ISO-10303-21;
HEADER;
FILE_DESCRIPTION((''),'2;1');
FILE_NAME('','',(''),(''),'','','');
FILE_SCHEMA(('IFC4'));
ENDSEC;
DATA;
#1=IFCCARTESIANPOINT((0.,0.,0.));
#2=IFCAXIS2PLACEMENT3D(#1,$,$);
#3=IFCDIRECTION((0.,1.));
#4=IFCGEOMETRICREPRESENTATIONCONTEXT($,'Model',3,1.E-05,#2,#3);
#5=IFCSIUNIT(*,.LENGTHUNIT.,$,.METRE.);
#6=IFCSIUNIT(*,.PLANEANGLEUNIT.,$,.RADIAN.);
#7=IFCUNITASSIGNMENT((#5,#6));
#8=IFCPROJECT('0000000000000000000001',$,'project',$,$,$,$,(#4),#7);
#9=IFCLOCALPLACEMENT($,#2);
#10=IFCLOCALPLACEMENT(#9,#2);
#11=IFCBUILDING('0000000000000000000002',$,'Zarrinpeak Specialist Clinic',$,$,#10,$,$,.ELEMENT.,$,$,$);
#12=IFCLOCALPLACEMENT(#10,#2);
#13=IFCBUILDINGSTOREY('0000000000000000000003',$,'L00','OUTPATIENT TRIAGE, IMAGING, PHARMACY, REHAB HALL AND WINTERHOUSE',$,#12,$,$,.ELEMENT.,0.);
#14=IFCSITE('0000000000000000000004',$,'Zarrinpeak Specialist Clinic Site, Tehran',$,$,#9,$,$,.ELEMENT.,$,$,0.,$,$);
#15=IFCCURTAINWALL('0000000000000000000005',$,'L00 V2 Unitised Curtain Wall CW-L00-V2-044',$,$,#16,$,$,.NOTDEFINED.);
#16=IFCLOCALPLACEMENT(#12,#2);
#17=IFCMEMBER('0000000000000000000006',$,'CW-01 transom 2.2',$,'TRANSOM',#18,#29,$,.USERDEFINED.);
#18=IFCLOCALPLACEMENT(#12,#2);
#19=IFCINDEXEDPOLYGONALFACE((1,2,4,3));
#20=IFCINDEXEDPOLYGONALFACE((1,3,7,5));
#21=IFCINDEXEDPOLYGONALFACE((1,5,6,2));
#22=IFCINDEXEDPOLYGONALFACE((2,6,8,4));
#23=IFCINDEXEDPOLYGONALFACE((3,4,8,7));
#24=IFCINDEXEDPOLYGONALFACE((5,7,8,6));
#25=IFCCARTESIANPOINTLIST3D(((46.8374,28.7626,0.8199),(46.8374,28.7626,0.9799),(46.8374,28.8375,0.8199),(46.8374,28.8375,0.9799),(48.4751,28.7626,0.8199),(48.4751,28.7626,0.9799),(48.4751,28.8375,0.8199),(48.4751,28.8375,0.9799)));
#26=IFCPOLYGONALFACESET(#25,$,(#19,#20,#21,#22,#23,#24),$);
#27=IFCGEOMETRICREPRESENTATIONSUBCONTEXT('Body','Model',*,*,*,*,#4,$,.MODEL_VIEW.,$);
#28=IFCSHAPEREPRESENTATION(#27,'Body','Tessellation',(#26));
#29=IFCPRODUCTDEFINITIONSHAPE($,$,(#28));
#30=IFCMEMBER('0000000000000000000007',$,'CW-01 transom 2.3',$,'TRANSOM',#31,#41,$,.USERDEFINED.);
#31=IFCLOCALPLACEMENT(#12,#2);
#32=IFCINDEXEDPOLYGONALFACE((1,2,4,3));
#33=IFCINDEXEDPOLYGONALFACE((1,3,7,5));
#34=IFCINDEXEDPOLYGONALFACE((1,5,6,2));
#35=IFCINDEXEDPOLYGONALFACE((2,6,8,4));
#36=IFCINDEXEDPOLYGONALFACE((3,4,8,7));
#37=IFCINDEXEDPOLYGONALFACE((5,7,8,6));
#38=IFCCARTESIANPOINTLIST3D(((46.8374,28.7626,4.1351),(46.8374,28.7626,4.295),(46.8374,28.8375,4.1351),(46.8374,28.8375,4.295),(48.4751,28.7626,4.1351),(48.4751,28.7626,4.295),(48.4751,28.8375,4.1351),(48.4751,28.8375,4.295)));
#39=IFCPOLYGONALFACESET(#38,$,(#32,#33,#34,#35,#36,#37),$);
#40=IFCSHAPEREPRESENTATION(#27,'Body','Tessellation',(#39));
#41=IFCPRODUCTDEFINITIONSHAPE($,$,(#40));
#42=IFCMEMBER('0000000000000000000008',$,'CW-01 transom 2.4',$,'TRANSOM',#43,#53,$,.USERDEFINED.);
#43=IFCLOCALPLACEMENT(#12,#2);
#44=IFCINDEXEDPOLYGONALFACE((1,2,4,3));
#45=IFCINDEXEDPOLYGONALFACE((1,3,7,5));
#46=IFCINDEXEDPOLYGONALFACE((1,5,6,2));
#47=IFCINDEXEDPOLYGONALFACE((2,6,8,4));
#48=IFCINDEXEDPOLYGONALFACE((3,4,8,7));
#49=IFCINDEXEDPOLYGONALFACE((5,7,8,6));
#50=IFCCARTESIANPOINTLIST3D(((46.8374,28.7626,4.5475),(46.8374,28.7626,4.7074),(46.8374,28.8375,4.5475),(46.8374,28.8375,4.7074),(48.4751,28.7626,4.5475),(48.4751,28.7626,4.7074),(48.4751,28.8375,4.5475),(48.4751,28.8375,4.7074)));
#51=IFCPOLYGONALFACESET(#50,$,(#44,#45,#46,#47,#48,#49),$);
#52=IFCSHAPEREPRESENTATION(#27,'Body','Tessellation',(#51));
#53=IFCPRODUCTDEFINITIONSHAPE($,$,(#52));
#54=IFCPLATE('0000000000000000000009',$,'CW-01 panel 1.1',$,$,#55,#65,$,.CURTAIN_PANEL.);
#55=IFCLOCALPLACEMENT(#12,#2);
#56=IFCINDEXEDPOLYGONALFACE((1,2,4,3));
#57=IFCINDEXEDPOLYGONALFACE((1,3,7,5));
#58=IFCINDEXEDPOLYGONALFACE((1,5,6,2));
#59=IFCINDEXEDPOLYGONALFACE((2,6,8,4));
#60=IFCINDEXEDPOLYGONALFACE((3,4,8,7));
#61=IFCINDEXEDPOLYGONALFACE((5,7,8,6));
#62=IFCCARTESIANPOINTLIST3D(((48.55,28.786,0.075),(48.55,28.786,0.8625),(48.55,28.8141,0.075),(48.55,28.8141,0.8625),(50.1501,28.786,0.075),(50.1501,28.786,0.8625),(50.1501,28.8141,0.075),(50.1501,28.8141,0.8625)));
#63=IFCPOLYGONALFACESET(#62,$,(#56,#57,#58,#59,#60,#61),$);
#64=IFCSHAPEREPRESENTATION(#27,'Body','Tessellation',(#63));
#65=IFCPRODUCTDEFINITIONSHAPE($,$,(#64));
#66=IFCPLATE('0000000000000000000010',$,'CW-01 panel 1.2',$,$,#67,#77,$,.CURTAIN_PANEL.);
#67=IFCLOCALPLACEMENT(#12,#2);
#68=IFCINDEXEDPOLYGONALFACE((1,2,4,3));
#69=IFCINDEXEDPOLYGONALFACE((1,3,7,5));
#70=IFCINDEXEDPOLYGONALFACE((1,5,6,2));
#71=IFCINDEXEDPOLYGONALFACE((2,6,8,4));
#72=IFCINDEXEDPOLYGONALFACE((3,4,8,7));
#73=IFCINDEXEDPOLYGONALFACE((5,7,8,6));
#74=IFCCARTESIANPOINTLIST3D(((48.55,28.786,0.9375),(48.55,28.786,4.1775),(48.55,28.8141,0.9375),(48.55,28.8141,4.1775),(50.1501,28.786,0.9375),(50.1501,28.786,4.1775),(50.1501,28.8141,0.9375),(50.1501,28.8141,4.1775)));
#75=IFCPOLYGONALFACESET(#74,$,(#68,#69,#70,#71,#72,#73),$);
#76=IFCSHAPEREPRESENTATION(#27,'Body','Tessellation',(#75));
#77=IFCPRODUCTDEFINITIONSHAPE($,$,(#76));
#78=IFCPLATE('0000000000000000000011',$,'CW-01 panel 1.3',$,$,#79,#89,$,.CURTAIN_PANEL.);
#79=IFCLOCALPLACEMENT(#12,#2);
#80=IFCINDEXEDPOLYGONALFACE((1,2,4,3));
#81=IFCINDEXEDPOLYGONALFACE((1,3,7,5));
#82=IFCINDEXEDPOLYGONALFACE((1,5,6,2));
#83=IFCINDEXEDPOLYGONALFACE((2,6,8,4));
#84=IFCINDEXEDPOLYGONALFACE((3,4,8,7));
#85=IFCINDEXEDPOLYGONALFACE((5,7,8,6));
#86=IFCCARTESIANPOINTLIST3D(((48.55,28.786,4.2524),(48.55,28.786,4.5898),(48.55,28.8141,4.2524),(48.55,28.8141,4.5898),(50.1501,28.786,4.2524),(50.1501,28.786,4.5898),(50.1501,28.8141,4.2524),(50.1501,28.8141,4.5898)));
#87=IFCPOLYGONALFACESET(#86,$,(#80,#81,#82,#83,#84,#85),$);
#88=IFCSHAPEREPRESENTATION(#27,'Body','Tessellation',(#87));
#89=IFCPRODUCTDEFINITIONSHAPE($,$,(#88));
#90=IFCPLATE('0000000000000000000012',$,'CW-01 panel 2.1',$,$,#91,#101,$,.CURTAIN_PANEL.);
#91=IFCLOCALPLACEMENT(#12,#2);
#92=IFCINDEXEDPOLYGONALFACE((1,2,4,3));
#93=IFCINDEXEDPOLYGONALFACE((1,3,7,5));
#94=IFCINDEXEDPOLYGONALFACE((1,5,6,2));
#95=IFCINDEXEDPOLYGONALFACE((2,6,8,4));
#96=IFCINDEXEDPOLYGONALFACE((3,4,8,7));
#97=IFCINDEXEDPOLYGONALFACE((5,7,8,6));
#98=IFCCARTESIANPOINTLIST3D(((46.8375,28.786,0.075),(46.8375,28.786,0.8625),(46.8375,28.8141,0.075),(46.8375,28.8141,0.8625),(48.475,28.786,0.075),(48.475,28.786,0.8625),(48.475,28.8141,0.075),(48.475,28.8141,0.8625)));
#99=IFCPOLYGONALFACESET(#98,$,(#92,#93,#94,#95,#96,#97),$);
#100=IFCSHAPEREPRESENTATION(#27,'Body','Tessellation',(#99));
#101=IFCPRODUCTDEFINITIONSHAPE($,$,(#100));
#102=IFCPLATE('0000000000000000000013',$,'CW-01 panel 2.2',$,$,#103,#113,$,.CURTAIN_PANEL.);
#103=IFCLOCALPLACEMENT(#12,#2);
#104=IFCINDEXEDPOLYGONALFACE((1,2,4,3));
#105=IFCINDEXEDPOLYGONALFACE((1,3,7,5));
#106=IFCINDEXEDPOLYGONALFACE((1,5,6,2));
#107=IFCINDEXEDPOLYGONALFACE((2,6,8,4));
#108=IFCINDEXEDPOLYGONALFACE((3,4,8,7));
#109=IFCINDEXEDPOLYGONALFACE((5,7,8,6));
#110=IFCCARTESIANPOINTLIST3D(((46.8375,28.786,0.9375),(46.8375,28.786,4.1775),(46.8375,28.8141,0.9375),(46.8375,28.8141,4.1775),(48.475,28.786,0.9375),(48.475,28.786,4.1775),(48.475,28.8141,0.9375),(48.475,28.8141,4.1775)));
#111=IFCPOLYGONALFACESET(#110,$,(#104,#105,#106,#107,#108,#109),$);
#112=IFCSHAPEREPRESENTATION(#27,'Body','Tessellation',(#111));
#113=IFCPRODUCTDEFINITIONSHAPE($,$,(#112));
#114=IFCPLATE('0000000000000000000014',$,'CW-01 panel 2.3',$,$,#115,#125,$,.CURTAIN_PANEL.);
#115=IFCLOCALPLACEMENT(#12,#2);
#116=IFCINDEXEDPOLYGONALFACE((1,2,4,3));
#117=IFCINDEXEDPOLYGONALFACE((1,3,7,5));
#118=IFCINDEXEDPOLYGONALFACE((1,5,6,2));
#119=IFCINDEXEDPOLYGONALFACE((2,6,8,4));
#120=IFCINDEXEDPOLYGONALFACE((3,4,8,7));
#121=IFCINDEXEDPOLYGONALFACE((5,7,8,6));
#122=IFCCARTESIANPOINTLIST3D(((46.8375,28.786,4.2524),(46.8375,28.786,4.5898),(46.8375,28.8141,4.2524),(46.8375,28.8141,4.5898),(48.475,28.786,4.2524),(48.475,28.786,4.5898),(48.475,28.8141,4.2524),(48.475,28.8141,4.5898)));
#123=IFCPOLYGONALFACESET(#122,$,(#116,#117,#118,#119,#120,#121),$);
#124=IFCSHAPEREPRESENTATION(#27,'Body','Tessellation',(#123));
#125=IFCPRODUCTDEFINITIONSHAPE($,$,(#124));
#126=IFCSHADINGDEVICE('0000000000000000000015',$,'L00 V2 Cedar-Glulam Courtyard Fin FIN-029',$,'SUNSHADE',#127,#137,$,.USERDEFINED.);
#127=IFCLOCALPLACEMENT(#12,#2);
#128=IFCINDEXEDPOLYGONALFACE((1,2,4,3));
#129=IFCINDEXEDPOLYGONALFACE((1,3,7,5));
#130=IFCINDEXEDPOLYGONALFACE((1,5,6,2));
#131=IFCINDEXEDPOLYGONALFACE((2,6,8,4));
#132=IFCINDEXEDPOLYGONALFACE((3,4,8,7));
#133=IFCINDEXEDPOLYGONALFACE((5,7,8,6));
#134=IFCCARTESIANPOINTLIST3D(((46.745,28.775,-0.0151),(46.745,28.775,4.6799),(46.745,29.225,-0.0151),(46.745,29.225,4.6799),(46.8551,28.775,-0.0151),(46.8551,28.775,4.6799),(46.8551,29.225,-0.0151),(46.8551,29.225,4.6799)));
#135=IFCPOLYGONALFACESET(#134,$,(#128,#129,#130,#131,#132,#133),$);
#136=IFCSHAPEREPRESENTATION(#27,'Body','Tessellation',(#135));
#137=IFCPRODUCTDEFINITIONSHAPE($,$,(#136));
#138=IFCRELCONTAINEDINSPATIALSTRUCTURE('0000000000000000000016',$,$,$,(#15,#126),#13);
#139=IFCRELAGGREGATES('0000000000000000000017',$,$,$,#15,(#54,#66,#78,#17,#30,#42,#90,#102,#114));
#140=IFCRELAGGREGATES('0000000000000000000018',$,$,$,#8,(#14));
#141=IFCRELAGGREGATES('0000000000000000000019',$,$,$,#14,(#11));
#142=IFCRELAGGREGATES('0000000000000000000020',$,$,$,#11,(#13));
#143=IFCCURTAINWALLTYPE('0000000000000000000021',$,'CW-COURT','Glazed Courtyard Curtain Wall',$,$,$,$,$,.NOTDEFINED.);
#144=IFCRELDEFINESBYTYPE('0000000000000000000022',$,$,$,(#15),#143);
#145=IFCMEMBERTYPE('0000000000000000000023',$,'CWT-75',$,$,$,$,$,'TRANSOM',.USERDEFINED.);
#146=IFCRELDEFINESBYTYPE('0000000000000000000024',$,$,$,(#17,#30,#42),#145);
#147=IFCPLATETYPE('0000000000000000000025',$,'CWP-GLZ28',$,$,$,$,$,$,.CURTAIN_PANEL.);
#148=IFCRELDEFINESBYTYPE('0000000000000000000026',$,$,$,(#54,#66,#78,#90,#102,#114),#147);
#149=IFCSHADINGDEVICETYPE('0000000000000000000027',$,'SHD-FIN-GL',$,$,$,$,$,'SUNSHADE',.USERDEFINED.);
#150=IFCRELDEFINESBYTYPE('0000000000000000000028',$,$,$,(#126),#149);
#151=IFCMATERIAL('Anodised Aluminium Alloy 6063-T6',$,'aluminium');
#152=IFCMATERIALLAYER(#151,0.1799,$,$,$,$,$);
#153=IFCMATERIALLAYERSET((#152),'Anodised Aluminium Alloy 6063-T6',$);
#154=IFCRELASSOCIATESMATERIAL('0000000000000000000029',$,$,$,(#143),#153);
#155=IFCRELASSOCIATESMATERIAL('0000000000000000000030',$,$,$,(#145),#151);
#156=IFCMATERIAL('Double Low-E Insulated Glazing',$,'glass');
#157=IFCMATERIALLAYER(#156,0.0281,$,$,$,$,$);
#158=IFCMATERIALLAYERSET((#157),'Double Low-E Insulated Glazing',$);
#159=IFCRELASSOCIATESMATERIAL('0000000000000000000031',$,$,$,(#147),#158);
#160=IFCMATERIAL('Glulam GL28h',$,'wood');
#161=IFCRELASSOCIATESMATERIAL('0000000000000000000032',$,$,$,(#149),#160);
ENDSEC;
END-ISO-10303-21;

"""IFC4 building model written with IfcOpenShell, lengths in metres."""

from ifc_helpers import new_model, si_unit, direction, frame, origin, origin_2d, place, context, subcontext, project, spatial, rectangle, extrude, material, layer, layer_set, material_profile, profile_set, type_object, element, aggregate, save


model = new_model("IFC4")

# Units and contexts
model_context = context("Model", 3, precision=1e-05, world=origin(), true_north=direction((0.0, 1.0)))
body_context = subcontext(model_context, "Body", "Model", "MODEL_VIEW")
ifc_project = project(units=[si_unit("LENGTHUNIT", "METRE"), si_unit("PLANEANGLEUNIT", "RADIAN")], contexts=[model_context])

# Site, building, storey
site_placement = place(None, origin())
site = spatial("IfcSite", under=ifc_project, at=site_placement, Name="Zarrinpeak Specialist Clinic Site, Tehran", CompositionType="ELEMENT", RefElevation=0.0)
building_placement = place(site_placement, origin())
building = spatial("IfcBuilding", under=site, at=building_placement, Name="Zarrinpeak Specialist Clinic", CompositionType="ELEMENT")
storey_placement = place(building_placement, origin())
storey = spatial("IfcBuildingStorey", under=building, at=storey_placement, Name="L00", Description="OUTPATIENT TRIAGE, IMAGING, PHARMACY, REHAB HALL AND WINTERHOUSE", CompositionType="ELEMENT", Elevation=0.0)

# Curtain wall, members, plates
ifc_material_1 = material(Name="Anodised Aluminium Alloy 6063-T6", Category="aluminium")
ifc_layer_1 = layer(ifc_material_1, 0.1799)
ifc_layer_set_1 = layer_set([ifc_layer_1], Name="Anodised Aluminium Alloy 6063-T6")
curtain_wall_type = type_object("IfcCurtainWallType", Name="CW-COURT", Description="Glazed Courtyard Curtain Wall", PredefinedType="NOTDEFINED", material=ifc_layer_set_1)
curtain_wall_placement = place(storey_placement, origin())
curtain_wall = element("IfcCurtainWall", 1, at=curtain_wall_placement, inside=storey, type_object=curtain_wall_type, Name="L00 V2 Unitised Curtain Wall CW-L00-V2-044", PredefinedType="NOTDEFINED")
ifc_material_profile_1 = material_profile(ifc_material_1, rectangle(XDim=0.075, YDim=0.1599, at=origin_2d()), Name="ALU 75x160")
ifc_profile_set_1 = profile_set([ifc_material_profile_1], Name="Anodised Aluminium Alloy 6063-T6")
member_type_1 = type_object("IfcMemberType", Name="CWT-75", ElementType="TRANSOM", PredefinedType="USERDEFINED", material=ifc_profile_set_1)
member_1_placement = place(storey_placement, frame((48.4751, 28.8, 0.8999), z_axis=(-1.0, 0.0, 0.0), x_axis=(0.0, -1.0, 0.0)))
member_1 = element("IfcMember", 2, at=member_1_placement, type_object=member_type_1, Name="CW-01 transom 2.2", ObjectType="TRANSOM", PredefinedType="USERDEFINED", context=body_context, shape_type="SweptSolid", body=[
    extrude(rectangle(XDim=0.075, YDim=0.1599, at=origin_2d()), origin(), (0.0, 0.0, 1.0), 1.6377),
])
member_2_placement = place(storey_placement, frame((48.4751, 28.8, 4.2151), z_axis=(-1.0, 0.0, 0.0), x_axis=(0.0, -1.0, 0.0)))
member_2 = element("IfcMember", 3, at=member_2_placement, type_object=member_type_1, Name="CW-01 transom 2.3", ObjectType="TRANSOM", PredefinedType="USERDEFINED", context=body_context, shape_type="SweptSolid", body=[
    extrude(rectangle(XDim=0.075, YDim=0.1599, at=origin_2d()), origin(), (0.0, 0.0, 1.0), 1.6377),
])
member_3_placement = place(storey_placement, frame((48.4751, 28.8, 4.6274), z_axis=(-1.0, 0.0, 0.0), x_axis=(0.0, -1.0, 0.0)))
member_3 = element("IfcMember", 4, at=member_3_placement, type_object=member_type_1, Name="CW-01 transom 2.4", ObjectType="TRANSOM", PredefinedType="USERDEFINED", context=body_context, shape_type="SweptSolid", body=[
    extrude(rectangle(XDim=0.075, YDim=0.1599, at=origin_2d()), origin(), (0.0, 0.0, 1.0), 1.6377),
])
ifc_material_2 = material(Name="Double Low-E Insulated Glazing", Category="glass")
ifc_layer_2 = layer(ifc_material_2, 0.0281)
ifc_layer_set_2 = layer_set([ifc_layer_2], Name="Double Low-E Insulated Glazing")
plate_type = type_object("IfcPlateType", Name="CWP-GLZ28", PredefinedType="CURTAIN_PANEL", material=ifc_layer_set_2)
plate_1_placement = place(storey_placement, frame((49.3501, 28.8, 0.075), z_axis=(0.0, 0.0, 1.0), x_axis=(-1.0, 0.0, 0.0)))
plate_1 = element("IfcPlate", 5, at=plate_1_placement, type_object=plate_type, Name="CW-01 panel 1.1", PredefinedType="CURTAIN_PANEL", context=body_context, shape_type="SweptSolid", body=[
    extrude(rectangle(XDim=1.6001, YDim=0.0281, at=origin_2d()), origin(), (0.0, 0.0, 1.0), 0.7876),
])
plate_2_placement = place(storey_placement, frame((49.3501, 28.8, 0.9375), z_axis=(0.0, 0.0, 1.0), x_axis=(-1.0, 0.0, 0.0)))
plate_2 = element("IfcPlate", 6, at=plate_2_placement, type_object=plate_type, Name="CW-01 panel 1.2", PredefinedType="CURTAIN_PANEL", context=body_context, shape_type="SweptSolid", body=[
    extrude(rectangle(XDim=1.6001, YDim=0.0281, at=origin_2d()), origin(), (0.0, 0.0, 1.0), 3.24),
])
plate_3_placement = place(storey_placement, frame((49.3501, 28.8, 4.2524), z_axis=(0.0, 0.0, 1.0), x_axis=(-1.0, 0.0, 0.0)))
plate_3 = element("IfcPlate", 7, at=plate_3_placement, type_object=plate_type, Name="CW-01 panel 1.3", PredefinedType="CURTAIN_PANEL", context=body_context, shape_type="SweptSolid", body=[
    extrude(rectangle(XDim=1.6001, YDim=0.0281, at=origin_2d()), origin(), (0.0, 0.0, 1.0), 0.3374),
])
plate_4_placement = place(storey_placement, frame((47.6562, 28.8, 0.075), z_axis=(0.0, 0.0, 1.0), x_axis=(-1.0, 0.0, 0.0)))
plate_4 = element("IfcPlate", 8, at=plate_4_placement, type_object=plate_type, Name="CW-01 panel 2.1", PredefinedType="CURTAIN_PANEL", context=body_context, shape_type="SweptSolid", body=[
    extrude(rectangle(XDim=1.6375, YDim=0.0281, at=origin_2d()), origin(), (0.0, 0.0, 1.0), 0.7876),
])
plate_5_placement = place(storey_placement, frame((47.6562, 28.8, 0.9375), z_axis=(0.0, 0.0, 1.0), x_axis=(-1.0, 0.0, 0.0)))
plate_5 = element("IfcPlate", 9, at=plate_5_placement, type_object=plate_type, Name="CW-01 panel 2.2", PredefinedType="CURTAIN_PANEL", context=body_context, shape_type="SweptSolid", body=[
    extrude(rectangle(XDim=1.6375, YDim=0.0281, at=origin_2d()), origin(), (0.0, 0.0, 1.0), 3.24),
])
plate_6_placement = place(storey_placement, frame((47.6562, 28.8, 4.2524), z_axis=(0.0, 0.0, 1.0), x_axis=(-1.0, 0.0, 0.0)))
plate_6 = element("IfcPlate", 10, at=plate_6_placement, type_object=plate_type, Name="CW-01 panel 2.3", PredefinedType="CURTAIN_PANEL", context=body_context, shape_type="SweptSolid", body=[
    extrude(rectangle(XDim=1.6375, YDim=0.0281, at=origin_2d()), origin(), (0.0, 0.0, 1.0), 0.3374),
])
aggregate(curtain_wall, [plate_1, plate_2, plate_3, member_1, member_2, member_3, plate_4, plate_5, plate_6])

# Shading device
ifc_material_3 = material(Name="Glulam GL28h", Category="wood")
shading_device_type = type_object("IfcShadingDeviceType", Name="SHD-FIN-GL", ElementType="SUNSHADE", PredefinedType="USERDEFINED", material=ifc_material_3)
shading_device_placement = place(storey_placement, frame((46.8, 29.0, -0.0151), z_axis=(0.0, 0.0, 1.0), x_axis=(1.0, 0.0, 0.0)))
element("IfcShadingDevice", 11, at=shading_device_placement, inside=storey, type_object=shading_device_type, Name="L00 V2 Cedar-Glulam Courtyard Fin FIN-029", ObjectType="SUNSHADE", PredefinedType="USERDEFINED", context=body_context, shape_type="SweptSolid", body=[
    extrude(rectangle(XDim=0.1101, YDim=0.45, at=origin_2d()), origin(), (0.0, 0.0, 1.0), 4.6951),
])

save(model, "model.ifc")
